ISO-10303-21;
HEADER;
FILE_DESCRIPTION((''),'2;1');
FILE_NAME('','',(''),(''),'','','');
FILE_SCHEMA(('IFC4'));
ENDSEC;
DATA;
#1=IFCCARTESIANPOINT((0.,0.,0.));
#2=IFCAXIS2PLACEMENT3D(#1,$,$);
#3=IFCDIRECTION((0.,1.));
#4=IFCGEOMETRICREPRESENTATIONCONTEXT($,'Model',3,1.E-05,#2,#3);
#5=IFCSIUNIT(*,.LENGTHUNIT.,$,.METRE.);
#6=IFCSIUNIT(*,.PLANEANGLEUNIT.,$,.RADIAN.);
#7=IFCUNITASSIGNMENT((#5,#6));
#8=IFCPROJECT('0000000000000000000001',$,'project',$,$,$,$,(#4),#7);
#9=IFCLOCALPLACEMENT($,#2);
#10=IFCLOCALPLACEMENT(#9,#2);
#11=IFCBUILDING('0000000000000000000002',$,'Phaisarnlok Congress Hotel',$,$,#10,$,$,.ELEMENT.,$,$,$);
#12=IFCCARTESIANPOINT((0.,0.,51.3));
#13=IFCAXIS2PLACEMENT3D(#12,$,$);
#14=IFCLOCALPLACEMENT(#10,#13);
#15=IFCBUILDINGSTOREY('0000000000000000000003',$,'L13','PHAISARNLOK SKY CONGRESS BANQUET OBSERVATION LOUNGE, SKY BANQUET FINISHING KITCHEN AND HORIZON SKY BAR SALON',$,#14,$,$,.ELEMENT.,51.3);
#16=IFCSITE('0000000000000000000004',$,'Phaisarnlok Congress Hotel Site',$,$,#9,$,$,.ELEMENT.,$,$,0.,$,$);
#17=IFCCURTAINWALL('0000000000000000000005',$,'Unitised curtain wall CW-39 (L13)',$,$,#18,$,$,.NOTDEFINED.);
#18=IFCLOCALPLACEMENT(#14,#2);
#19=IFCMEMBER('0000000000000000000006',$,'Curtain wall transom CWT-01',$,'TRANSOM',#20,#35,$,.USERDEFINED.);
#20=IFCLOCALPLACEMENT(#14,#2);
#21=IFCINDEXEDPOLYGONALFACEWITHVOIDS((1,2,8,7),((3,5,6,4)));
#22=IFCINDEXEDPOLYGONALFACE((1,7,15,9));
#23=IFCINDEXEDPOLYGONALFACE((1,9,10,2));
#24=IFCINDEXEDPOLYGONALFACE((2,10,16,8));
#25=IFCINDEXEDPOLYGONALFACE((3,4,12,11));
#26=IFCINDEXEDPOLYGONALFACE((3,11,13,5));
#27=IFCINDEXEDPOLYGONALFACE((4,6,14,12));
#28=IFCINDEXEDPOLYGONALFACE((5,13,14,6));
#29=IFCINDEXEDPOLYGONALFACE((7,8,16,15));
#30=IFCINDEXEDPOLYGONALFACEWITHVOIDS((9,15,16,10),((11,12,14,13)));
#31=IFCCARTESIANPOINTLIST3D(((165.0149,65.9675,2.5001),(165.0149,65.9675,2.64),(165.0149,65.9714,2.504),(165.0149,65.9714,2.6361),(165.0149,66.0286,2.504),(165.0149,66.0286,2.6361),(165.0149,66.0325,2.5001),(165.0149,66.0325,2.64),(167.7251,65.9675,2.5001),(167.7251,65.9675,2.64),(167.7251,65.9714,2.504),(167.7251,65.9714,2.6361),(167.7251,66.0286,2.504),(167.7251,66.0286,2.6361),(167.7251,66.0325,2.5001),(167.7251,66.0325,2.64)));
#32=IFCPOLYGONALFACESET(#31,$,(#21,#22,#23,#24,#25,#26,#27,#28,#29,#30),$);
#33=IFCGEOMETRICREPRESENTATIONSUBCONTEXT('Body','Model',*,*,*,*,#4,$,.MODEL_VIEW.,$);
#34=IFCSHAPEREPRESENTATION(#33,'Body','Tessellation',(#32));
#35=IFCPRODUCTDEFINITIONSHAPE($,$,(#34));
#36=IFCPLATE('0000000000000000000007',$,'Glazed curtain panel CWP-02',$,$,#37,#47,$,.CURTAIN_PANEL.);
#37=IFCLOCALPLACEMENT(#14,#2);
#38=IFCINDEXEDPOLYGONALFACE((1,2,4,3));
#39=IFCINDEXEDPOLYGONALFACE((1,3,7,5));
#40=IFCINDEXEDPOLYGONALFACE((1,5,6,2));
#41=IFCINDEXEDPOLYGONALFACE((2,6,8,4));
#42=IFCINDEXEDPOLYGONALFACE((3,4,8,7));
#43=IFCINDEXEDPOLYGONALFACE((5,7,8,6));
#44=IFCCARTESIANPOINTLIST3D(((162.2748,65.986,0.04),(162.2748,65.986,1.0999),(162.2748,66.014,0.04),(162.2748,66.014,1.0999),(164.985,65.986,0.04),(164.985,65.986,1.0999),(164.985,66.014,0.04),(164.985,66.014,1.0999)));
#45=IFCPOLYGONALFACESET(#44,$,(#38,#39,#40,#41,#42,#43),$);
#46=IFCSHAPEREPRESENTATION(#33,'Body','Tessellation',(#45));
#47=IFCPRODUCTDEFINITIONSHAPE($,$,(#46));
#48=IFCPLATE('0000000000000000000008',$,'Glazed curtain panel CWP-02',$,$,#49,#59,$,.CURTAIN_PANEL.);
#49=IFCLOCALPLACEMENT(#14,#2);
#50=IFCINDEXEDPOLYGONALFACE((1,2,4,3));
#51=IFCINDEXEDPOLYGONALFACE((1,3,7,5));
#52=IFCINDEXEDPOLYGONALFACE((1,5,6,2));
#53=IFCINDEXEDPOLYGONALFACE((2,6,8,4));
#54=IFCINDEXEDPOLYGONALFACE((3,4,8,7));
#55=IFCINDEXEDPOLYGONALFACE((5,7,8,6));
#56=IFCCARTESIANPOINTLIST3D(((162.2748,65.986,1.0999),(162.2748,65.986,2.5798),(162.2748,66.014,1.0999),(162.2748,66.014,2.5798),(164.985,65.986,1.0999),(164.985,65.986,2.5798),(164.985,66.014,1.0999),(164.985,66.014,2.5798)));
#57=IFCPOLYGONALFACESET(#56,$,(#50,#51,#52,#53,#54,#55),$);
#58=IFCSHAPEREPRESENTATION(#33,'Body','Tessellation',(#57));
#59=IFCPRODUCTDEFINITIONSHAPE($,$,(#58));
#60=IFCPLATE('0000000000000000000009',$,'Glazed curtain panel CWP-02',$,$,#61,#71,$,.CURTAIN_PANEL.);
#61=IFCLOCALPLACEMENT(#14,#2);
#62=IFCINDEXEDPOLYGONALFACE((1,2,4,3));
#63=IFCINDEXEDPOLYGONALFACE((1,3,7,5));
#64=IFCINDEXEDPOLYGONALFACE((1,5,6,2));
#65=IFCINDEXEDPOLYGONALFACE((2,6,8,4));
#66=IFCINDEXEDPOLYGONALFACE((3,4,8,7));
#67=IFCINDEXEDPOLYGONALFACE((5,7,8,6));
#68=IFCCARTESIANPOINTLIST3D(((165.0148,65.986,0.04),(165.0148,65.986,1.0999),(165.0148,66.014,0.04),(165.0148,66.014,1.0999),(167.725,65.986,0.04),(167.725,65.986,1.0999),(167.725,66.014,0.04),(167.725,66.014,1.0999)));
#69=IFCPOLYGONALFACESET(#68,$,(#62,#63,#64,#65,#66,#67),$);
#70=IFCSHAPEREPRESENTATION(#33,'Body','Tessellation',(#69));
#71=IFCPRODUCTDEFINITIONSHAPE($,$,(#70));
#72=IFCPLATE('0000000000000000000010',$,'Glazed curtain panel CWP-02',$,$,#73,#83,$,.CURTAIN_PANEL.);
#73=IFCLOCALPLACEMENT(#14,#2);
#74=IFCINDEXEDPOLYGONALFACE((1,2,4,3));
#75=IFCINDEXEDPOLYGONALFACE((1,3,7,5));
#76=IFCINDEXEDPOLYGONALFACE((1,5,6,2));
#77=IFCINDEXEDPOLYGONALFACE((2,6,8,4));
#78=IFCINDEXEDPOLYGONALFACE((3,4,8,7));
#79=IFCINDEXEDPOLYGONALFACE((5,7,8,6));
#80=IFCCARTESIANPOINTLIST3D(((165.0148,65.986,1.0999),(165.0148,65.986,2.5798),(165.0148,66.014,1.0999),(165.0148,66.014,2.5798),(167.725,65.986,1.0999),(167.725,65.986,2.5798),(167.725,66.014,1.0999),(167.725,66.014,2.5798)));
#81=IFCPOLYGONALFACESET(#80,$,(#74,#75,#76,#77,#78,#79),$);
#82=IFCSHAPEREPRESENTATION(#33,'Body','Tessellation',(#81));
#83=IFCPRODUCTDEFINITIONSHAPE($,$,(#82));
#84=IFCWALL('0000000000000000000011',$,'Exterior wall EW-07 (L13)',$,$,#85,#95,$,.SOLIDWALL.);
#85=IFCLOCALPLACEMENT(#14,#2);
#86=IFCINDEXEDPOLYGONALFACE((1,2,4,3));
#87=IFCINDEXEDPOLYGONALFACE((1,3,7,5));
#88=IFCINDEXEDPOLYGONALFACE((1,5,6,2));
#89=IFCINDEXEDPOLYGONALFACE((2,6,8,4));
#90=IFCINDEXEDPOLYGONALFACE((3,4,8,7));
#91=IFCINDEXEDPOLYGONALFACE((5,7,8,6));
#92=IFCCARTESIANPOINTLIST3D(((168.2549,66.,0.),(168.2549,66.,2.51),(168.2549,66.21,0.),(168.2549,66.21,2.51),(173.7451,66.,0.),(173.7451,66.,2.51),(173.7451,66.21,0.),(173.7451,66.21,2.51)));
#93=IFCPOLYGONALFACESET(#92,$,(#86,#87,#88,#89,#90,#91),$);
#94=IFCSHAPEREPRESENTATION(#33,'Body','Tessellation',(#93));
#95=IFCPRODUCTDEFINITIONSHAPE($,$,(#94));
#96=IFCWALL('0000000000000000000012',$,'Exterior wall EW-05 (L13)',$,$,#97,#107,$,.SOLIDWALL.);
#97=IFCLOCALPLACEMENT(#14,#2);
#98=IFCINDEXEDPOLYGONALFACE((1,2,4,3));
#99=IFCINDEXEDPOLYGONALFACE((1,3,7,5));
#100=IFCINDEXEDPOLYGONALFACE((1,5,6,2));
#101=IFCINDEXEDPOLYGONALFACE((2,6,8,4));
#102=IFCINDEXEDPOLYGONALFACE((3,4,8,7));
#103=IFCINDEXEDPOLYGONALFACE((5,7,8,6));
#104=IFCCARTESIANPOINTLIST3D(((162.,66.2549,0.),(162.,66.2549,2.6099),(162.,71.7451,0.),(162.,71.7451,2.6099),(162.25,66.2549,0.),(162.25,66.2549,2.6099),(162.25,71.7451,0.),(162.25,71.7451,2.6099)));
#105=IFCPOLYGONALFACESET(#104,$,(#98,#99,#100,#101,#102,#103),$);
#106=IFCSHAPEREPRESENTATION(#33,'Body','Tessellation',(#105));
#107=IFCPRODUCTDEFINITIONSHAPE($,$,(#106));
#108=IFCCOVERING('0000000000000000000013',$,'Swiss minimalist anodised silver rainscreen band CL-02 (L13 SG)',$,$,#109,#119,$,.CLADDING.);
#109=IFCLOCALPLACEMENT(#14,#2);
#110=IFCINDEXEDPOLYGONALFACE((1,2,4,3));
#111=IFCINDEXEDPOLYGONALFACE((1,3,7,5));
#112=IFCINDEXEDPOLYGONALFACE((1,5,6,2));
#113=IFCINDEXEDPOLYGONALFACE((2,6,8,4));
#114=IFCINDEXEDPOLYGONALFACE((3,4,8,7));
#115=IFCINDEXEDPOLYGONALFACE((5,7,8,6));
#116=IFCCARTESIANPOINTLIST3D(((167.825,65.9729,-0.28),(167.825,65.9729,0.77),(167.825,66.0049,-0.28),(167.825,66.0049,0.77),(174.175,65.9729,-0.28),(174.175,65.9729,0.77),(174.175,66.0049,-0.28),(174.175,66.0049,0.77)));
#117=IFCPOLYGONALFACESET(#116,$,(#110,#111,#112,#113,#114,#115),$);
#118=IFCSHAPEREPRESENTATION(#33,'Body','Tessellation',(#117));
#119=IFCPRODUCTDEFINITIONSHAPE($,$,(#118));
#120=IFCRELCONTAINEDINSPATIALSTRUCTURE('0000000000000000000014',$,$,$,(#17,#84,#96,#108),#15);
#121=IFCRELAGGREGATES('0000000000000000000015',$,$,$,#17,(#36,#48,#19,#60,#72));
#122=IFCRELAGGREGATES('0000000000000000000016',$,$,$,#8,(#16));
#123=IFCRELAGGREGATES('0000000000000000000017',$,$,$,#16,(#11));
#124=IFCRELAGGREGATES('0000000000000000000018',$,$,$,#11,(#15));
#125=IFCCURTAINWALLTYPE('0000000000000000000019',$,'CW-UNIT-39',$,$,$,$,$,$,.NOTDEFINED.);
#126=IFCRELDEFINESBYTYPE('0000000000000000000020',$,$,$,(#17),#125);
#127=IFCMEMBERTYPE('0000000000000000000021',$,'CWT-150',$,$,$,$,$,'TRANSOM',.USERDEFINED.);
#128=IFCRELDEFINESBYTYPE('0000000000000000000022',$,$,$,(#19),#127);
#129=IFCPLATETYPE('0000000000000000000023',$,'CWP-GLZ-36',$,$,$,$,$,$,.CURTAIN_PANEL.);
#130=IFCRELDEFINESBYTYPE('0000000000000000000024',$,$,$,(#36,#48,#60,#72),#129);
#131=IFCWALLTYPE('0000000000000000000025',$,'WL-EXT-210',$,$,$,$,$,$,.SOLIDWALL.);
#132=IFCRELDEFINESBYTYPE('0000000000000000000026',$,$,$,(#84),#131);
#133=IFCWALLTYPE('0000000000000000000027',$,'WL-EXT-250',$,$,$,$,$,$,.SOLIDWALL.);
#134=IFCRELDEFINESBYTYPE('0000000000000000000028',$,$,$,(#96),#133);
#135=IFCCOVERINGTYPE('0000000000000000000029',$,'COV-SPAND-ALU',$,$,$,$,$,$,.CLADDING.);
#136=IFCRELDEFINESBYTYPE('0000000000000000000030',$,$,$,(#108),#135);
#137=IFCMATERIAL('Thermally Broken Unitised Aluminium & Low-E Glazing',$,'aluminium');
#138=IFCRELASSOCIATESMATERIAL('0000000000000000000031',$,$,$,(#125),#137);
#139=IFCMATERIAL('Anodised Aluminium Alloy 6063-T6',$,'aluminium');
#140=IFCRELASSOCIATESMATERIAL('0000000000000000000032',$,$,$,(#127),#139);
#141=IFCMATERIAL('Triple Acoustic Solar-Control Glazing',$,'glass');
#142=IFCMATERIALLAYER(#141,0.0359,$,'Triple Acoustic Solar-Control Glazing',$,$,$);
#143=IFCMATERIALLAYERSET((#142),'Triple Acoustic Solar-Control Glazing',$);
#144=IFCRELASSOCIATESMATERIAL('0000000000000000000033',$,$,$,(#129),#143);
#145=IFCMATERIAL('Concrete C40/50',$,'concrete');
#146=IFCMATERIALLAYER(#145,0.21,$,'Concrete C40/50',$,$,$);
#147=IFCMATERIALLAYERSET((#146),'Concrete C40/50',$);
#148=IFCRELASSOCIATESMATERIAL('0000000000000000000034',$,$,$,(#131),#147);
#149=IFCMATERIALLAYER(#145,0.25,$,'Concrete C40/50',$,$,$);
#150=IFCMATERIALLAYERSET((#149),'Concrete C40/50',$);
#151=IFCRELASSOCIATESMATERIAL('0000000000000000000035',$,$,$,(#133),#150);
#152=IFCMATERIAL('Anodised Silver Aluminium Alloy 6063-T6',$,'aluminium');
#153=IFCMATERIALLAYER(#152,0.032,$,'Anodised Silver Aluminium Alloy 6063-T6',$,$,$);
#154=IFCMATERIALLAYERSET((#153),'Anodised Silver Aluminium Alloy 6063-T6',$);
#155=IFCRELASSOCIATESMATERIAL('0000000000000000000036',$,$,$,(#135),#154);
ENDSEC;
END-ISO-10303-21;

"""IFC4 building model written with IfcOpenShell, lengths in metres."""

from ifc_helpers import new_model, si_unit, direction, frame, frame_2d, origin, origin_2d, place, context, subcontext, project, spatial, polyline, rectangle, hollow_rectangle, outline, extrude, material, layer, layer_set, material_profile, profile_set, type_object, element, aggregate, save


model = new_model("IFC4")

# Units and contexts
model_context = context("Model", 3, precision=1e-05, world=origin(), true_north=direction((0.0, 1.0)))
body_context = subcontext(model_context, "Body", "Model", "MODEL_VIEW")
ifc_project = project(units=[si_unit("LENGTHUNIT", "METRE"), si_unit("PLANEANGLEUNIT", "RADIAN")], contexts=[model_context])

# Site, building, storey
site_placement = place(None, origin())
site = spatial("IfcSite", under=ifc_project, at=site_placement, Name="Phaisarnlok Congress Hotel Site", CompositionType="ELEMENT", RefElevation=0.0)
building_placement = place(site_placement, origin())
building = spatial("IfcBuilding", under=site, at=building_placement, Name="Phaisarnlok Congress Hotel", CompositionType="ELEMENT")
storey_placement = place(building_placement, frame((0.0, 0.0, 51.3)))
storey = spatial("IfcBuildingStorey", under=building, at=storey_placement, Name="L13", Description="PHAISARNLOK SKY CONGRESS BANQUET OBSERVATION LOUNGE, SKY BANQUET FINISHING KITCHEN AND HORIZON SKY BAR SALON", CompositionType="ELEMENT", Elevation=51.3)

# Curtain wall, member, plates
ifc_material_1 = material(Name="Thermally Broken Unitised Aluminium & Low-E Glazing", Category="aluminium")
curtain_wall_type = type_object("IfcCurtainWallType", Name="CW-UNIT-39", PredefinedType="NOTDEFINED", material=ifc_material_1)
curtain_wall_placement = place(storey_placement, origin())
curtain_wall = element("IfcCurtainWall", 1, at=curtain_wall_placement, inside=storey, type_object=curtain_wall_type, Name="Unitised curtain wall CW-39 (L13)", PredefinedType="NOTDEFINED")
ifc_material_2 = material(Name="Anodised Aluminium Alloy 6063-T6", Category="aluminium")
ifc_material_profile_1 = material_profile(ifc_material_2, hollow_rectangle(XDim=0.0649, YDim=0.1399, WallThickness=0.0039, at=origin_2d()), Name="ALU-T 65x140x4")
ifc_profile_set_1 = profile_set([ifc_material_profile_1], Name="Anodised Aluminium Alloy 6063-T6")
member_type_1 = type_object("IfcMemberType", Name="CWT-150", ElementType="TRANSOM", PredefinedType="USERDEFINED", material=ifc_profile_set_1)
member_1_placement = place(storey_placement, frame((165.0149, 66.0, 2.5701), z_axis=(1.0, 0.0, 0.0), x_axis=(0.0, 1.0, 0.0)))
member_1 = element("IfcMember", 2, at=member_1_placement, type_object=member_type_1, Name="Curtain wall transom CWT-01", ObjectType="TRANSOM", PredefinedType="USERDEFINED", context=body_context, shape_type="SweptSolid", body=[
    extrude(hollow_rectangle(XDim=0.0649, YDim=0.1399, WallThickness=0.0039, at=origin_2d()), origin(), (0.0, 0.0, 1.0), 2.7102),
])
ifc_material_3 = material(Name="Triple Acoustic Solar-Control Glazing", Category="glass")
ifc_layer_1 = layer(ifc_material_3, 0.0359, Name="Triple Acoustic Solar-Control Glazing")
ifc_layer_set_1 = layer_set([ifc_layer_1], Name="Triple Acoustic Solar-Control Glazing")
plate_type = type_object("IfcPlateType", Name="CWP-GLZ-36", PredefinedType="CURTAIN_PANEL", material=ifc_layer_set_1)
plate_1_placement = place(storey_placement, frame((162.2749, 66.0, 0.04), z_axis=(0.0, 0.0, 1.0), x_axis=(1.0, 0.0, 0.0)))
plate_1 = element("IfcPlate", 3, at=plate_1_placement, type_object=plate_type, Name="Glazed curtain panel CWP-02", PredefinedType="CURTAIN_PANEL", context=body_context, shape_type="SweptSolid", body=[
    extrude(rectangle(XDim=2.7102, YDim=0.0281, at=frame_2d((1.355, 0.0))), origin(), (0.0, 0.0, 1.0), 1.0598),
])
plate_2_placement = place(storey_placement, frame((162.2749, 66.0, 1.0999), z_axis=(0.0, 0.0, 1.0), x_axis=(1.0, 0.0, 0.0)))
plate_2 = element("IfcPlate", 4, at=plate_2_placement, type_object=plate_type, Name="Glazed curtain panel CWP-02", PredefinedType="CURTAIN_PANEL", context=body_context, shape_type="SweptSolid", body=[
    extrude(rectangle(XDim=2.7102, YDim=0.0281, at=frame_2d((1.355, 0.0))), origin(), (0.0, 0.0, 1.0), 1.48),
])
plate_3_placement = place(storey_placement, frame((165.0149, 66.0, 0.04), z_axis=(0.0, 0.0, 1.0), x_axis=(1.0, 0.0, 0.0)))
plate_3 = element("IfcPlate", 5, at=plate_3_placement, type_object=plate_type, Name="Glazed curtain panel CWP-02", PredefinedType="CURTAIN_PANEL", context=body_context, shape_type="SweptSolid", body=[
    extrude(rectangle(XDim=2.7102, YDim=0.0281, at=frame_2d((1.355, 0.0))), origin(), (0.0, 0.0, 1.0), 1.0598),
])
plate_4_placement = place(storey_placement, frame((165.0149, 66.0, 1.0999), z_axis=(0.0, 0.0, 1.0), x_axis=(1.0, 0.0, 0.0)))
plate_4 = element("IfcPlate", 6, at=plate_4_placement, type_object=plate_type, Name="Glazed curtain panel CWP-02", PredefinedType="CURTAIN_PANEL", context=body_context, shape_type="SweptSolid", body=[
    extrude(rectangle(XDim=2.7102, YDim=0.0281, at=frame_2d((1.355, 0.0))), origin(), (0.0, 0.0, 1.0), 1.48),
])
aggregate(curtain_wall, [plate_1, plate_2, member_1, plate_3, plate_4])

# Walls
ifc_material_4 = material(Name="Concrete C40/50", Category="concrete")
ifc_layer_2 = layer(ifc_material_4, 0.21, Name="Concrete C40/50")
ifc_layer_set_2 = layer_set([ifc_layer_2], Name="Concrete C40/50")
wall_type_1 = type_object("IfcWallType", Name="WL-EXT-210", PredefinedType="SOLIDWALL", material=ifc_layer_set_2)
wall_1_placement = place(storey_placement, frame((168.2549, 66.105, 0.0), z_axis=(0.0, 0.0, 1.0), x_axis=(1.0, 0.0, 0.0)))
element("IfcWall", 7, at=wall_1_placement, inside=storey, type_object=wall_type_1, Name="Exterior wall EW-07 (L13)", PredefinedType="SOLIDWALL", context=body_context, shape_type="SweptSolid", body=[
    extrude(rectangle(XDim=5.4902, YDim=0.21, at=frame_2d((2.7451, 0.0))), origin(), (0.0, 0.0, 1.0), 2.51),
])
ifc_layer_3 = layer(ifc_material_4, 0.25, Name="Concrete C40/50")
ifc_layer_set_3 = layer_set([ifc_layer_3], Name="Concrete C40/50")
wall_type_2 = type_object("IfcWallType", Name="WL-EXT-250", PredefinedType="SOLIDWALL", material=ifc_layer_set_3)
wall_2_placement = place(storey_placement, frame((162.125, 71.7451, 0.0), z_axis=(0.0, 0.0, 1.0), x_axis=(0.0, -1.0, 0.0)))
element("IfcWall", 8, at=wall_2_placement, inside=storey, type_object=wall_type_2, Name="Exterior wall EW-05 (L13)", PredefinedType="SOLIDWALL", context=body_context, shape_type="SweptSolid", body=[
    extrude(rectangle(XDim=5.4902, YDim=0.25, at=frame_2d((2.7451, 0.0))), origin(), (0.0, 0.0, 1.0), 2.6099),
])

# Covering
ifc_material_5 = material(Name="Anodised Silver Aluminium Alloy 6063-T6", Category="aluminium")
ifc_layer_4 = layer(ifc_material_5, 0.032, Name="Anodised Silver Aluminium Alloy 6063-T6")
ifc_layer_set_4 = layer_set([ifc_layer_4], Name="Anodised Silver Aluminium Alloy 6063-T6")
covering_type = type_object("IfcCoveringType", Name="COV-SPAND-ALU", PredefinedType="CLADDING", material=ifc_layer_set_4)
covering_placement = place(storey_placement, frame((167.825, 66.0049, -0.28), z_axis=(0.0, -1.0, 0.0), x_axis=(1.0, 0.0, 0.0)))
element("IfcCovering", 9, at=covering_placement, inside=storey, type_object=covering_type, Name="Swiss minimalist anodised silver rainscreen band CL-02 (L13 SG)", PredefinedType="CLADDING", context=body_context, shape_type="SweptSolid", body=[
    extrude(outline(polyline([(0.0, 0.0), (6.3501, 0.0), (6.3501, 1.05), (0.0, 1.05), (0.0, 0.0)])), origin(), (0.0, 0.0, 1.0), 0.032),
])

save(model, "model.ifc")
